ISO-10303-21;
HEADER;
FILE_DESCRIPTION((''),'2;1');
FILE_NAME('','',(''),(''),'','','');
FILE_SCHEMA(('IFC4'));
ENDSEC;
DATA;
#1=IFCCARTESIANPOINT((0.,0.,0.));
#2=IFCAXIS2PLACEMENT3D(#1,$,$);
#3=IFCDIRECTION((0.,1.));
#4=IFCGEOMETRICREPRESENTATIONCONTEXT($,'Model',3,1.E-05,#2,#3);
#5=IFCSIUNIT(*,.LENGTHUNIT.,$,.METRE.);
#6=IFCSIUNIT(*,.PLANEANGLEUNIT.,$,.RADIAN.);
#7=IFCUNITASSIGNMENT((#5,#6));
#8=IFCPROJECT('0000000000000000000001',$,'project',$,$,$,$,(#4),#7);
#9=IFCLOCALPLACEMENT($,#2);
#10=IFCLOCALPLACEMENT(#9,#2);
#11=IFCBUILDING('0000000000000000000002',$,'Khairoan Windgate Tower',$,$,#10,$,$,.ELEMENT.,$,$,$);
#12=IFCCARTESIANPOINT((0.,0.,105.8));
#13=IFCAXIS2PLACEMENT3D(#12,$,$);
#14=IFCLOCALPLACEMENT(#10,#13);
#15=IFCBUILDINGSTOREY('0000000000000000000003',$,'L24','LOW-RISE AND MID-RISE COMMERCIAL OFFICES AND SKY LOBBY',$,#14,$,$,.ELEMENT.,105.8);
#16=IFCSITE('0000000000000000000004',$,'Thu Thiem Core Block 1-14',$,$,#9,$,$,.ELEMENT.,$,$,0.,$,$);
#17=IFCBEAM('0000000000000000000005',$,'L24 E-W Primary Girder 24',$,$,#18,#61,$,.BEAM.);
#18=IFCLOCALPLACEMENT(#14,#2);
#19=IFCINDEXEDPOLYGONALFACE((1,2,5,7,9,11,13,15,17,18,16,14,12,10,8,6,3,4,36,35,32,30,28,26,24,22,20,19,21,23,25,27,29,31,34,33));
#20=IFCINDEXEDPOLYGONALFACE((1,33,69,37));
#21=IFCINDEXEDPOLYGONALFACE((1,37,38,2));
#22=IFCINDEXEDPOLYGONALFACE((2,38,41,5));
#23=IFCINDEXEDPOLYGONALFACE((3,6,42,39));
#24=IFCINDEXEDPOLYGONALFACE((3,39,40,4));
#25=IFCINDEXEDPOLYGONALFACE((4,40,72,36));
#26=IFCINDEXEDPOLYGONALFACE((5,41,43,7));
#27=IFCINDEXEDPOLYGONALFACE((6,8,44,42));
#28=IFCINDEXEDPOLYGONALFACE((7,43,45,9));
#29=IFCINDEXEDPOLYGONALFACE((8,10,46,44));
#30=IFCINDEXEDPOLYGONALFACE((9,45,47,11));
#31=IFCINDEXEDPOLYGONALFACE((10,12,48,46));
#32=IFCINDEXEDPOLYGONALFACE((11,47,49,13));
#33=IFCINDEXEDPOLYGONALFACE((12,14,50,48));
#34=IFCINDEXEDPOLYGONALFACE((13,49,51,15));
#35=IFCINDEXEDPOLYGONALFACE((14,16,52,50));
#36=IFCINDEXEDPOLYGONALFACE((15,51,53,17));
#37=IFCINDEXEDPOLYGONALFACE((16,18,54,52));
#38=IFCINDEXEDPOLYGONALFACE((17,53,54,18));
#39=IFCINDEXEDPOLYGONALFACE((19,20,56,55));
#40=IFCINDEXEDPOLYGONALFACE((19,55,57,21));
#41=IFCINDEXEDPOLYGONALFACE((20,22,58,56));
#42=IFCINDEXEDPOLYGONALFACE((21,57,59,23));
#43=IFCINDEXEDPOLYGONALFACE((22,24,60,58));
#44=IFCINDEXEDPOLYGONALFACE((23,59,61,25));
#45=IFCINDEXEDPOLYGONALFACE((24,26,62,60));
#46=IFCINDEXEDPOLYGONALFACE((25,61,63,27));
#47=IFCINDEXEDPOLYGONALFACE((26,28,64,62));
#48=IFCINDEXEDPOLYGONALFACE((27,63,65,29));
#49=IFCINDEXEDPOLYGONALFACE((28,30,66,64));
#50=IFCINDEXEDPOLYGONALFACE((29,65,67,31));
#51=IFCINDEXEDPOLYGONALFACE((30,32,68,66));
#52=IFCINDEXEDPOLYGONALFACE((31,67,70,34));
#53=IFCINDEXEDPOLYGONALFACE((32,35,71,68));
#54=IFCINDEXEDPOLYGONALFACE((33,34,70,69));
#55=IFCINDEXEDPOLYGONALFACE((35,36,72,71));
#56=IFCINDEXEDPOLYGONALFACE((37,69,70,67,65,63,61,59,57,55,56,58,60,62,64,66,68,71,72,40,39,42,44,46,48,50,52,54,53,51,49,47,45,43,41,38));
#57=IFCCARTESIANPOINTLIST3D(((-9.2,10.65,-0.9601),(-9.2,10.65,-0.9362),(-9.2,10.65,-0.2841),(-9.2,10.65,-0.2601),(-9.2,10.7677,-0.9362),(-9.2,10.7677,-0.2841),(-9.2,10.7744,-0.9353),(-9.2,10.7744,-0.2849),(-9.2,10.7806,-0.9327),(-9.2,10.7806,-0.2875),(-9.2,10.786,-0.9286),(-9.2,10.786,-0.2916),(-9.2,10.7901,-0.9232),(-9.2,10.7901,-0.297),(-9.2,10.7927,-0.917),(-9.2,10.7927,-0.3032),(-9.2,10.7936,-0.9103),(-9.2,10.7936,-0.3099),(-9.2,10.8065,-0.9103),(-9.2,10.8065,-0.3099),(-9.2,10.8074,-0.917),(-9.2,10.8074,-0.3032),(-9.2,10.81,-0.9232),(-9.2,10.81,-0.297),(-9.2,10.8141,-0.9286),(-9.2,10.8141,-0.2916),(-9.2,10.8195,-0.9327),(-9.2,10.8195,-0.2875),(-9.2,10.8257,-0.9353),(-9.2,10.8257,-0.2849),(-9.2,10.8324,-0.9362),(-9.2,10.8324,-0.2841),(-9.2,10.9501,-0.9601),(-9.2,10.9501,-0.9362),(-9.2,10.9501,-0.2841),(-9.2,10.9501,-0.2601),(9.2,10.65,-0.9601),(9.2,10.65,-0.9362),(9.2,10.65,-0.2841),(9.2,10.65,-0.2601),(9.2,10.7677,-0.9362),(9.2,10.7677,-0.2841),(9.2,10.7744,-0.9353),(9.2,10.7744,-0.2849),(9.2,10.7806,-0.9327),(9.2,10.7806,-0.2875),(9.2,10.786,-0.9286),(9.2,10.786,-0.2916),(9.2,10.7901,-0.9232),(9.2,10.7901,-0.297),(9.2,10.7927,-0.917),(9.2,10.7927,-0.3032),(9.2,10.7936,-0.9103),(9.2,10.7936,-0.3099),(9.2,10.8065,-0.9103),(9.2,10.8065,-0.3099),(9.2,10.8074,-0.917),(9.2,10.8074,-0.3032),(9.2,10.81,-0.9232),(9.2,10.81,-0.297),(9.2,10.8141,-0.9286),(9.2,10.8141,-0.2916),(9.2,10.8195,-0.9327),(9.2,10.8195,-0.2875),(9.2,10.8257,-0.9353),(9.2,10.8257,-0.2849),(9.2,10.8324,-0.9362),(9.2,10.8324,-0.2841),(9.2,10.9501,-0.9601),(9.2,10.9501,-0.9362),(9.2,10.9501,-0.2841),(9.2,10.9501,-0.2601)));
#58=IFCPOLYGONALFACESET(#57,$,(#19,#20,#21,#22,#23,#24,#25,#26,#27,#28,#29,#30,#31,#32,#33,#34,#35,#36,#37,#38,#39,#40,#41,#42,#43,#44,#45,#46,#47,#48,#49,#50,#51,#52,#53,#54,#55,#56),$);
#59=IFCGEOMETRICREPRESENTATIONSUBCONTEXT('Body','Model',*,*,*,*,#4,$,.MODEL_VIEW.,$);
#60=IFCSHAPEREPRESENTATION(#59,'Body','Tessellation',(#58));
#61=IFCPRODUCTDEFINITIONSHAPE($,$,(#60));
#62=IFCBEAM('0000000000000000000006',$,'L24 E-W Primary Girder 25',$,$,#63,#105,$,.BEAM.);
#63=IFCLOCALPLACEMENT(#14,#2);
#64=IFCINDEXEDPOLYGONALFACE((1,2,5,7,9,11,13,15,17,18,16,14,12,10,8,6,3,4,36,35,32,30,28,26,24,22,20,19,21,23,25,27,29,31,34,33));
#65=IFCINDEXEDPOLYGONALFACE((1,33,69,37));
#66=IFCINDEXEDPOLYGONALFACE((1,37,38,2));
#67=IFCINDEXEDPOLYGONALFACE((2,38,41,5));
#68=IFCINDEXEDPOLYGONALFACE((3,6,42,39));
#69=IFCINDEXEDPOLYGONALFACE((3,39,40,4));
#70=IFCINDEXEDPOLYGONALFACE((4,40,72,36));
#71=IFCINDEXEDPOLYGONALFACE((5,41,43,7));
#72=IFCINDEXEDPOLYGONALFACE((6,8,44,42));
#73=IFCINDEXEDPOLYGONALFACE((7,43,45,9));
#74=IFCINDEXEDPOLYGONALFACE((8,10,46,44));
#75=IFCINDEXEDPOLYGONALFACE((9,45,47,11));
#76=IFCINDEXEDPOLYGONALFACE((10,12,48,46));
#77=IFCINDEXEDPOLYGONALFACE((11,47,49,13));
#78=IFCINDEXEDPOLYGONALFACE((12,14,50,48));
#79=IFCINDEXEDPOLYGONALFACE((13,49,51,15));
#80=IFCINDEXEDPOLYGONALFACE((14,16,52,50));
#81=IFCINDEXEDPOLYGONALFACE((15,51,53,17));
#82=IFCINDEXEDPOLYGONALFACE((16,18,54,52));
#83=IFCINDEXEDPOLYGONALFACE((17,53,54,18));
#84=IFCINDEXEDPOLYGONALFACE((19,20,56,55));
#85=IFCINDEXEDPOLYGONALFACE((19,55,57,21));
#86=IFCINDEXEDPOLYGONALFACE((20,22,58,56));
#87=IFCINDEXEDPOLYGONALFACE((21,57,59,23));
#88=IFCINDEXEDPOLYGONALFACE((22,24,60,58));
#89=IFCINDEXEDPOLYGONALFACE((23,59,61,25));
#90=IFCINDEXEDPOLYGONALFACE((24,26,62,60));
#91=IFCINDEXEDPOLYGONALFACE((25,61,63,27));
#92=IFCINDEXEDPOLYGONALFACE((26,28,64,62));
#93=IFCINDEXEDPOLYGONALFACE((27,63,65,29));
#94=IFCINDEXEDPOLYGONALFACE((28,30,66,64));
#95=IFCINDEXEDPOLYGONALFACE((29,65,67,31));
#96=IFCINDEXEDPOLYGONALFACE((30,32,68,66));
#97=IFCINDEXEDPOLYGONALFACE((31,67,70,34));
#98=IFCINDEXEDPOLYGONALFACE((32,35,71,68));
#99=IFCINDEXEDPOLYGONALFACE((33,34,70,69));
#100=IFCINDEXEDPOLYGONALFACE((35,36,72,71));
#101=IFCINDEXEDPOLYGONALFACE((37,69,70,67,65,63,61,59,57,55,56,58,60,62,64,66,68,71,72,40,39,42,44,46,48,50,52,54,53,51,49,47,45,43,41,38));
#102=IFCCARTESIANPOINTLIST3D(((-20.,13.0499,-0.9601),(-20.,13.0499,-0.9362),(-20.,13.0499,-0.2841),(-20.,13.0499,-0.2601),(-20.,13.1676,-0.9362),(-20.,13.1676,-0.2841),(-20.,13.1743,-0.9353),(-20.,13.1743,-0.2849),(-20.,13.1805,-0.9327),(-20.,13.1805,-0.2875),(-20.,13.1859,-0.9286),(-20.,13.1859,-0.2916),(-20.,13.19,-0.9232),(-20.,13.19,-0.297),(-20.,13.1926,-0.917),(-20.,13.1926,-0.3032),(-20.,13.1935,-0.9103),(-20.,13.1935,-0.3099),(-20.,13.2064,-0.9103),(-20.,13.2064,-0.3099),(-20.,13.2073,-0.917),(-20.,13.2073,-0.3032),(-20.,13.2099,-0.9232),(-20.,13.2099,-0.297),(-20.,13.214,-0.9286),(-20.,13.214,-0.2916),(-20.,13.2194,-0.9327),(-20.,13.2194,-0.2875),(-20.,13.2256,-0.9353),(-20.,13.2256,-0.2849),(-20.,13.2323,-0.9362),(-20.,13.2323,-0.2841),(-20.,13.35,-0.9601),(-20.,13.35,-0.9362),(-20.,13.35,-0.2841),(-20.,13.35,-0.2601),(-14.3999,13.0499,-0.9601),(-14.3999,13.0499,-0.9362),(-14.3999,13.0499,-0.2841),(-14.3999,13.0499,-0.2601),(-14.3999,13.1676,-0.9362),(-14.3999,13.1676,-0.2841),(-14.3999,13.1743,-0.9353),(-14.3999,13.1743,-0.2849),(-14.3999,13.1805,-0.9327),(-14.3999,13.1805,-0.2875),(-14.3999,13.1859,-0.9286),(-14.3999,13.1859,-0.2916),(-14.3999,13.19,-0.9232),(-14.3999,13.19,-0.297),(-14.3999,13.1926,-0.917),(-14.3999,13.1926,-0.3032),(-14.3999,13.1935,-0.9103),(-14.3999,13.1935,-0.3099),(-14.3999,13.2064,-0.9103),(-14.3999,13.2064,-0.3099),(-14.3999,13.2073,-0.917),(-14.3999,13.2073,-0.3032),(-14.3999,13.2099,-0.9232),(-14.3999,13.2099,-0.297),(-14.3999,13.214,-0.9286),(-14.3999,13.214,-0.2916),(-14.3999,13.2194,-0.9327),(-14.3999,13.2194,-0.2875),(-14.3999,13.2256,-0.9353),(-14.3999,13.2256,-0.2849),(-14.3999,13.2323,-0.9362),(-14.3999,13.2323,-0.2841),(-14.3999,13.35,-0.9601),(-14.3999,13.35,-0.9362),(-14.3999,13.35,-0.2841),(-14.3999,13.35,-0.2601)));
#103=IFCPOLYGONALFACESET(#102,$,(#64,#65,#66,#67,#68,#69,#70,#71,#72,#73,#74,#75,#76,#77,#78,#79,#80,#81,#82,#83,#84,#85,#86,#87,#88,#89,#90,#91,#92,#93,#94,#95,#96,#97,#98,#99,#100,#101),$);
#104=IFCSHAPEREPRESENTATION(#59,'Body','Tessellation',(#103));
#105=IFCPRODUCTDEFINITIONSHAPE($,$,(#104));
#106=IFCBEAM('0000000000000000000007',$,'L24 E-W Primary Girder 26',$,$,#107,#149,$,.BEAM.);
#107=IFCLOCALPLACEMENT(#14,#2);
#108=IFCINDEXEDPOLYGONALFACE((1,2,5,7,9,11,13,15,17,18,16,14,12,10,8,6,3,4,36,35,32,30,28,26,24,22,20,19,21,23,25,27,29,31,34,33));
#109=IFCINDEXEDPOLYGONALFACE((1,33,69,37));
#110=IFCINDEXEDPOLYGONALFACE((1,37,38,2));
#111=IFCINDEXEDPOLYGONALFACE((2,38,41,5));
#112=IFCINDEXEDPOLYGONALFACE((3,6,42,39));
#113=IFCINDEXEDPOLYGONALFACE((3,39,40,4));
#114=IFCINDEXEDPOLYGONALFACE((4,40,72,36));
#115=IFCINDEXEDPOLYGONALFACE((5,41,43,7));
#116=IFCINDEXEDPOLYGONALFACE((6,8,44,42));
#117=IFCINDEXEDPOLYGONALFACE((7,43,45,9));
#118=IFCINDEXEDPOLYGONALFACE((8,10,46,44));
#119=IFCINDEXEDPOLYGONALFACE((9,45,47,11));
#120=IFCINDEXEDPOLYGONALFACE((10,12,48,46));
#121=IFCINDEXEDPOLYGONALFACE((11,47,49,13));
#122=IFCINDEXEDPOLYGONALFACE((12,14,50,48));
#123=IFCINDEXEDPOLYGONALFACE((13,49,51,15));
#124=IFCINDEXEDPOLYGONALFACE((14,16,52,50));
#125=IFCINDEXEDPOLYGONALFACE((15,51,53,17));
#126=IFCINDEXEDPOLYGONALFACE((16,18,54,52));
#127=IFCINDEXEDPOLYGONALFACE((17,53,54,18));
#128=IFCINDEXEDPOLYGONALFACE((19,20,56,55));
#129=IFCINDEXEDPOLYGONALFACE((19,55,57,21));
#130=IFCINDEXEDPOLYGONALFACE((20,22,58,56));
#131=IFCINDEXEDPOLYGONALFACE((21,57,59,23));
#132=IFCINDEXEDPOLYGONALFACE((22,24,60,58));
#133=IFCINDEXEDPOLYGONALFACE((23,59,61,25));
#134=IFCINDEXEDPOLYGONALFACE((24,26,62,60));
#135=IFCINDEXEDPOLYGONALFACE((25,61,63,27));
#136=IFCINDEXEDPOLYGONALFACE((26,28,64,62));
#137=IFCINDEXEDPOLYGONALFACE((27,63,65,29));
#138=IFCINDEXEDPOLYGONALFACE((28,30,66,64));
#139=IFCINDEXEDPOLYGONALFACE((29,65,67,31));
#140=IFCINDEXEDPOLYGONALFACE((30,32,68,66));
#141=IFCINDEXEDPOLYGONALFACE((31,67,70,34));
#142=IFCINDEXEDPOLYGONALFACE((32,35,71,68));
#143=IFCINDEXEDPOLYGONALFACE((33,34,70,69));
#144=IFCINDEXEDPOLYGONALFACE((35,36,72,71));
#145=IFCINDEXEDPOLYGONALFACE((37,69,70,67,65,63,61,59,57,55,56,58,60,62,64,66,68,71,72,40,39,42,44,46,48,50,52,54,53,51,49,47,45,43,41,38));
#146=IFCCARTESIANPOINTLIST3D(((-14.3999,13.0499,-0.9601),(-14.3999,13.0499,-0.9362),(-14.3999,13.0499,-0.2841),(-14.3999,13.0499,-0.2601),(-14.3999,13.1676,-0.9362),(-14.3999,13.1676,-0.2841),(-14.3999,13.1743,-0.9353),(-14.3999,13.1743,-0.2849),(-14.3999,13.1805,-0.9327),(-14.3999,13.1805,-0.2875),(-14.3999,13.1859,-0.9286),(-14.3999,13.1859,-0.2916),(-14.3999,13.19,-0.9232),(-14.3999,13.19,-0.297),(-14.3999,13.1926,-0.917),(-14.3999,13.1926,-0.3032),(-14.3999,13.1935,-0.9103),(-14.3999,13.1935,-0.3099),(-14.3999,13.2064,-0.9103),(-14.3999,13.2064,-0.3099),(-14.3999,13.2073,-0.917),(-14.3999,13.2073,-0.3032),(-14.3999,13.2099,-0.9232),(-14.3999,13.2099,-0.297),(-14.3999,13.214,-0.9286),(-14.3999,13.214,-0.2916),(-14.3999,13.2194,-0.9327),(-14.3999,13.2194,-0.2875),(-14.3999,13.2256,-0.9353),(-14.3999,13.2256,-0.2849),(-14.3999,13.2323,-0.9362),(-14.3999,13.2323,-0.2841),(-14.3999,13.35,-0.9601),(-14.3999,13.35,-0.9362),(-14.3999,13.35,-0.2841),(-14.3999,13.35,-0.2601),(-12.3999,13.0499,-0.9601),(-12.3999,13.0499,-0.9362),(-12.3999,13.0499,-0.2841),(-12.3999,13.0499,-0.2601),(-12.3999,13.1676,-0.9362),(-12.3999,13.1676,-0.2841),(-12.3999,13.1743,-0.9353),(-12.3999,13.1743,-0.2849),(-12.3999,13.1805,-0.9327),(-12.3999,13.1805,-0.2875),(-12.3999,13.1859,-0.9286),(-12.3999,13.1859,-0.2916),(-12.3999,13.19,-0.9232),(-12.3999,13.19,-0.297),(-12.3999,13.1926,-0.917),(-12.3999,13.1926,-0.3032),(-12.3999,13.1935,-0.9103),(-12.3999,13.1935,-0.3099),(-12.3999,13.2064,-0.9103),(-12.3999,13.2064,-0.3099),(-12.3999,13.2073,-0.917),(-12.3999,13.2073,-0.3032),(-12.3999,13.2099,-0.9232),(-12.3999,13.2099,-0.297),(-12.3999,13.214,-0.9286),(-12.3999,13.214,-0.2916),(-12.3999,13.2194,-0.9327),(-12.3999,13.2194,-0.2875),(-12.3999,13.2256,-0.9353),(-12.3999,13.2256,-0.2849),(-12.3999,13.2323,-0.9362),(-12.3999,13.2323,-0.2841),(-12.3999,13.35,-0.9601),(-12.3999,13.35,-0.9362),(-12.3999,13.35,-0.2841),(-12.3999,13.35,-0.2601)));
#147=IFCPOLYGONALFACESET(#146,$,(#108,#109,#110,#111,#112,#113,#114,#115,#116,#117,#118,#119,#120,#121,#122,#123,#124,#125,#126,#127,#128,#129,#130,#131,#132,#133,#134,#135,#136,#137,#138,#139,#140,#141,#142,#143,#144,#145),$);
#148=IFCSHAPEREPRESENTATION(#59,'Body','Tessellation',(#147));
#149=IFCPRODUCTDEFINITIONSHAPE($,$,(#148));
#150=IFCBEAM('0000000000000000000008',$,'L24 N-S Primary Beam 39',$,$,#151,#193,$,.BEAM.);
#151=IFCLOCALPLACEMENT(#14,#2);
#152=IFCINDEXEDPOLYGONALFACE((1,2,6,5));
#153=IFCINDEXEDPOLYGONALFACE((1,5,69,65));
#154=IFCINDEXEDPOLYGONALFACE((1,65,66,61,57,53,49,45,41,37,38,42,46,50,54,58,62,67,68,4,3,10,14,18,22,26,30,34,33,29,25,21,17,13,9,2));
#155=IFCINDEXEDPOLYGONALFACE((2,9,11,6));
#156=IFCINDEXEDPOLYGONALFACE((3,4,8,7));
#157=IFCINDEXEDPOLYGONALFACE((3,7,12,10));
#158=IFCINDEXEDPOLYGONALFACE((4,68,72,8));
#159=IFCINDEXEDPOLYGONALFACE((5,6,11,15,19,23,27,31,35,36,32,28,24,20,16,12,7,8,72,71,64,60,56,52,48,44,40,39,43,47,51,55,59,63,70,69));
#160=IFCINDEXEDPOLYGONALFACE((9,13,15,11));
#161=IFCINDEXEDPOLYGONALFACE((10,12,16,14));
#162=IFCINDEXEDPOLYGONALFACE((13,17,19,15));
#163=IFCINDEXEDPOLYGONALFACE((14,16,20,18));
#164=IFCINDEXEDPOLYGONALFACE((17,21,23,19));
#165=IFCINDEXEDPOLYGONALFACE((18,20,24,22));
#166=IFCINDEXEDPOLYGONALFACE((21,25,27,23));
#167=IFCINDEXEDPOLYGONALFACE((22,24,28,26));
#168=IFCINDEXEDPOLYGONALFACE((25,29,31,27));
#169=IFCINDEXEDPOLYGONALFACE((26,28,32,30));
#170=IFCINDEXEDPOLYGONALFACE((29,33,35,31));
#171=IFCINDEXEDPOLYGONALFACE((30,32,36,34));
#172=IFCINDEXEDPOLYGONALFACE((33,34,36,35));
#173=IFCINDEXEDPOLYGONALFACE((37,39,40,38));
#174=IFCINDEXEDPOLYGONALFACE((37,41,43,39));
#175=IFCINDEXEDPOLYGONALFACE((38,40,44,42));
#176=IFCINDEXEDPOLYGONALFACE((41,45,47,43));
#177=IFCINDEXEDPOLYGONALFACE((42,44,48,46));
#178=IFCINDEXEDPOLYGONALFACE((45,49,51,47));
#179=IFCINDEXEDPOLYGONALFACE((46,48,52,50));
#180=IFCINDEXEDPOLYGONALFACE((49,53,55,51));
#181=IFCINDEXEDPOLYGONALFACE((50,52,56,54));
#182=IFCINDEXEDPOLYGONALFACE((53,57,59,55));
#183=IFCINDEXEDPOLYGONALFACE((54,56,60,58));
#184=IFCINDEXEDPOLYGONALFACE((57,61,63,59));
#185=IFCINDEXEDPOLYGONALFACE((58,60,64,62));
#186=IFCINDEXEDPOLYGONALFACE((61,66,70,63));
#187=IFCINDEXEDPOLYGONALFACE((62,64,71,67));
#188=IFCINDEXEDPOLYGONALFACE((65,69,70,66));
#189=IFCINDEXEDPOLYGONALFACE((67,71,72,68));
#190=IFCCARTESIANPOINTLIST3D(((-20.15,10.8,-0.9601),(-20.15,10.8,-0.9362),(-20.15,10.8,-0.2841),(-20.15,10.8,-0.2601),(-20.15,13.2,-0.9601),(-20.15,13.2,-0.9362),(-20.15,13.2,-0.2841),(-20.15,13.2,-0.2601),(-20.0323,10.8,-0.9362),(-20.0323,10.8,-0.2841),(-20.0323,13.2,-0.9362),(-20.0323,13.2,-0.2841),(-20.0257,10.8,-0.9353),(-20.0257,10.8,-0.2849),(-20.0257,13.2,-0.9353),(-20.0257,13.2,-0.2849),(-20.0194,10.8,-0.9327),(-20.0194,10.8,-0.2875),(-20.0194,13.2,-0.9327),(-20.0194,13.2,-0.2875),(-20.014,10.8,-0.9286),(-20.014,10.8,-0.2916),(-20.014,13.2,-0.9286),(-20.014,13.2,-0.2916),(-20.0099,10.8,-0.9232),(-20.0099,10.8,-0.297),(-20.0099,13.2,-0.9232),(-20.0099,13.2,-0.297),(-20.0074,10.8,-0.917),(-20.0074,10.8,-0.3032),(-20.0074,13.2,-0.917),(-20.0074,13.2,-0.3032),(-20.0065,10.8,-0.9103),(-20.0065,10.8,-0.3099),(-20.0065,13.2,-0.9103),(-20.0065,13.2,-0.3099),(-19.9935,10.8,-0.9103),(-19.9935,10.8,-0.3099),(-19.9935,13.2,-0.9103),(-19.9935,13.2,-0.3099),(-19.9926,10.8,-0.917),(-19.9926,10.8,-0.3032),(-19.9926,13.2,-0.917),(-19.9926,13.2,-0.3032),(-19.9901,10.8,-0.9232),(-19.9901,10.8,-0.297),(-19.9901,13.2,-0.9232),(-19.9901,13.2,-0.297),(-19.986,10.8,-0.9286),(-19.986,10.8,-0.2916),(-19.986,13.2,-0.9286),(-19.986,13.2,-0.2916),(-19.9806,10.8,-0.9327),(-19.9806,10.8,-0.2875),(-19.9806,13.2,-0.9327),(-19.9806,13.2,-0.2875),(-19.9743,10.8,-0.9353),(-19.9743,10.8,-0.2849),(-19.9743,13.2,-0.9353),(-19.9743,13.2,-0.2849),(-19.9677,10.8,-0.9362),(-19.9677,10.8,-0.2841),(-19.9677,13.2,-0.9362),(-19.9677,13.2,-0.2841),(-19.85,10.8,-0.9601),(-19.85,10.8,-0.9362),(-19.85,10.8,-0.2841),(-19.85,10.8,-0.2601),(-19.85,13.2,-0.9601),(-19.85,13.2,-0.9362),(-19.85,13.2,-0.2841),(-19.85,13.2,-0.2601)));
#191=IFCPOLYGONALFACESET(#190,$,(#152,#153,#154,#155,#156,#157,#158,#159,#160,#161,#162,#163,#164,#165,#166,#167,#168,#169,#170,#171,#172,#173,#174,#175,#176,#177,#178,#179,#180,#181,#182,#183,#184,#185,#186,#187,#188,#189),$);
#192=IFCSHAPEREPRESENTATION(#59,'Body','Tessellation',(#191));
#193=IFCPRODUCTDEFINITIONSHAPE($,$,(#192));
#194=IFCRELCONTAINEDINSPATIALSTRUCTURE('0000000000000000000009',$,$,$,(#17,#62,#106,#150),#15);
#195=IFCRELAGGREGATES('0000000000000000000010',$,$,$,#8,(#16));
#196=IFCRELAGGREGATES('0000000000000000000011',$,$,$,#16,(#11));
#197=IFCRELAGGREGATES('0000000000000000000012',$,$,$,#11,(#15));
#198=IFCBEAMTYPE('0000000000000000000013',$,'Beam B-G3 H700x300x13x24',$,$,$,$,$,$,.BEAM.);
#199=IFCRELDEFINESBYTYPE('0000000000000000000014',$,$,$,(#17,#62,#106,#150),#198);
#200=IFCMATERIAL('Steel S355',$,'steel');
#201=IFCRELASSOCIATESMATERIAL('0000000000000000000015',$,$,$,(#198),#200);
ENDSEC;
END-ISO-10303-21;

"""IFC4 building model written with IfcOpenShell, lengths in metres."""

from ifc_helpers import new_model, si_unit, direction, frame, origin, origin_2d, place, context, subcontext, project, spatial, i_section, extrude, material, material_profile, profile_set, type_object, element, save


model = new_model("IFC4")

# Units and contexts
model_context = context("Model", 3, precision=1e-05, world=origin(), true_north=direction((0.0, 1.0)))
body_context = subcontext(model_context, "Body", "Model", "MODEL_VIEW")
ifc_project = project(units=[si_unit("LENGTHUNIT", "METRE"), si_unit("PLANEANGLEUNIT", "RADIAN")], contexts=[model_context])

# Site, building, storey
site_placement = place(None, origin())
site = spatial("IfcSite", under=ifc_project, at=site_placement, Name="Thu Thiem Core Block 1-14", CompositionType="ELEMENT", RefElevation=0.0)
building_placement = place(site_placement, origin())
building = spatial("IfcBuilding", under=site, at=building_placement, Name="Khairoan Windgate Tower", CompositionType="ELEMENT")
storey_placement = place(building_placement, frame((0.0, 0.0, 105.8)))
storey = spatial("IfcBuildingStorey", under=building, at=storey_placement, Name="L24", Description="LOW-RISE AND MID-RISE COMMERCIAL OFFICES AND SKY LOBBY", CompositionType="ELEMENT", Elevation=105.8)

# Beams
ifc_material_1 = material(Name="Steel S355", Category="steel")
ifc_material_profile_1 = material_profile(ifc_material_1, i_section(OverallWidth=0.3, OverallDepth=0.7, WebThickness=0.0129, FlangeThickness=0.0239, FilletRadius=0.0259, at=origin_2d()))
ifc_profile_set_1 = profile_set([ifc_material_profile_1], Name="Steel S355")
beam_type = type_object("IfcBeamType", Name="Beam B-G3 H700x300x13x24", PredefinedType="BEAM", material=ifc_profile_set_1)
beam_1_placement = place(storey_placement, frame((-9.2, 10.8, -0.6101), z_axis=(1.0, 0.0, 0.0), x_axis=(0.0, 1.0, 0.0)))
element("IfcBeam", 1, at=beam_1_placement, inside=storey, type_object=beam_type, Name="L24 E-W Primary Girder 24", PredefinedType="BEAM", context=body_context, shape_type="SweptSolid", body=[
    extrude(i_section(OverallWidth=0.3, OverallDepth=0.7, WebThickness=0.0129, FlangeThickness=0.0239, FilletRadius=0.0259, at=origin_2d()), origin(), (0.0, 0.0, 1.0), 18.3999),
])
beam_2_placement = place(storey_placement, frame((-20.0, 13.2, -0.6101), z_axis=(1.0, 0.0, 0.0), x_axis=(0.0, 1.0, 0.0)))
element("IfcBeam", 2, at=beam_2_placement, inside=storey, type_object=beam_type, Name="L24 E-W Primary Girder 25", PredefinedType="BEAM", context=body_context, shape_type="SweptSolid", body=[
    extrude(i_section(OverallWidth=0.3, OverallDepth=0.7, WebThickness=0.0129, FlangeThickness=0.0239, FilletRadius=0.0259, at=origin_2d()), origin(), (0.0, 0.0, 1.0), 5.6001),
])
beam_3_placement = place(storey_placement, frame((-14.3999, 13.2, -0.6101), z_axis=(1.0, 0.0, 0.0), x_axis=(0.0, 1.0, 0.0)))
element("IfcBeam", 3, at=beam_3_placement, inside=storey, type_object=beam_type, Name="L24 E-W Primary Girder 26", PredefinedType="BEAM", context=body_context, shape_type="SweptSolid", body=[
    extrude(i_section(OverallWidth=0.3, OverallDepth=0.7, WebThickness=0.0129, FlangeThickness=0.0239, FilletRadius=0.0259, at=origin_2d()), origin(), (0.0, 0.0, 1.0), 2.0),
])
beam_4_placement = place(storey_placement, frame((-20.0, 10.8, -0.6101), z_axis=(0.0, 1.0, 0.0), x_axis=(-1.0, 0.0, 0.0)))
element("IfcBeam", 4, at=beam_4_placement, inside=storey, type_object=beam_type, Name="L24 N-S Primary Beam 39", PredefinedType="BEAM", context=body_context, shape_type="SweptSolid", body=[
    extrude(i_section(OverallWidth=0.3, OverallDepth=0.7, WebThickness=0.0129, FlangeThickness=0.0239, FilletRadius=0.0259, at=origin_2d()), origin(), (0.0, 0.0, 1.0), 2.3999),
])

save(model, "model.ifc")
